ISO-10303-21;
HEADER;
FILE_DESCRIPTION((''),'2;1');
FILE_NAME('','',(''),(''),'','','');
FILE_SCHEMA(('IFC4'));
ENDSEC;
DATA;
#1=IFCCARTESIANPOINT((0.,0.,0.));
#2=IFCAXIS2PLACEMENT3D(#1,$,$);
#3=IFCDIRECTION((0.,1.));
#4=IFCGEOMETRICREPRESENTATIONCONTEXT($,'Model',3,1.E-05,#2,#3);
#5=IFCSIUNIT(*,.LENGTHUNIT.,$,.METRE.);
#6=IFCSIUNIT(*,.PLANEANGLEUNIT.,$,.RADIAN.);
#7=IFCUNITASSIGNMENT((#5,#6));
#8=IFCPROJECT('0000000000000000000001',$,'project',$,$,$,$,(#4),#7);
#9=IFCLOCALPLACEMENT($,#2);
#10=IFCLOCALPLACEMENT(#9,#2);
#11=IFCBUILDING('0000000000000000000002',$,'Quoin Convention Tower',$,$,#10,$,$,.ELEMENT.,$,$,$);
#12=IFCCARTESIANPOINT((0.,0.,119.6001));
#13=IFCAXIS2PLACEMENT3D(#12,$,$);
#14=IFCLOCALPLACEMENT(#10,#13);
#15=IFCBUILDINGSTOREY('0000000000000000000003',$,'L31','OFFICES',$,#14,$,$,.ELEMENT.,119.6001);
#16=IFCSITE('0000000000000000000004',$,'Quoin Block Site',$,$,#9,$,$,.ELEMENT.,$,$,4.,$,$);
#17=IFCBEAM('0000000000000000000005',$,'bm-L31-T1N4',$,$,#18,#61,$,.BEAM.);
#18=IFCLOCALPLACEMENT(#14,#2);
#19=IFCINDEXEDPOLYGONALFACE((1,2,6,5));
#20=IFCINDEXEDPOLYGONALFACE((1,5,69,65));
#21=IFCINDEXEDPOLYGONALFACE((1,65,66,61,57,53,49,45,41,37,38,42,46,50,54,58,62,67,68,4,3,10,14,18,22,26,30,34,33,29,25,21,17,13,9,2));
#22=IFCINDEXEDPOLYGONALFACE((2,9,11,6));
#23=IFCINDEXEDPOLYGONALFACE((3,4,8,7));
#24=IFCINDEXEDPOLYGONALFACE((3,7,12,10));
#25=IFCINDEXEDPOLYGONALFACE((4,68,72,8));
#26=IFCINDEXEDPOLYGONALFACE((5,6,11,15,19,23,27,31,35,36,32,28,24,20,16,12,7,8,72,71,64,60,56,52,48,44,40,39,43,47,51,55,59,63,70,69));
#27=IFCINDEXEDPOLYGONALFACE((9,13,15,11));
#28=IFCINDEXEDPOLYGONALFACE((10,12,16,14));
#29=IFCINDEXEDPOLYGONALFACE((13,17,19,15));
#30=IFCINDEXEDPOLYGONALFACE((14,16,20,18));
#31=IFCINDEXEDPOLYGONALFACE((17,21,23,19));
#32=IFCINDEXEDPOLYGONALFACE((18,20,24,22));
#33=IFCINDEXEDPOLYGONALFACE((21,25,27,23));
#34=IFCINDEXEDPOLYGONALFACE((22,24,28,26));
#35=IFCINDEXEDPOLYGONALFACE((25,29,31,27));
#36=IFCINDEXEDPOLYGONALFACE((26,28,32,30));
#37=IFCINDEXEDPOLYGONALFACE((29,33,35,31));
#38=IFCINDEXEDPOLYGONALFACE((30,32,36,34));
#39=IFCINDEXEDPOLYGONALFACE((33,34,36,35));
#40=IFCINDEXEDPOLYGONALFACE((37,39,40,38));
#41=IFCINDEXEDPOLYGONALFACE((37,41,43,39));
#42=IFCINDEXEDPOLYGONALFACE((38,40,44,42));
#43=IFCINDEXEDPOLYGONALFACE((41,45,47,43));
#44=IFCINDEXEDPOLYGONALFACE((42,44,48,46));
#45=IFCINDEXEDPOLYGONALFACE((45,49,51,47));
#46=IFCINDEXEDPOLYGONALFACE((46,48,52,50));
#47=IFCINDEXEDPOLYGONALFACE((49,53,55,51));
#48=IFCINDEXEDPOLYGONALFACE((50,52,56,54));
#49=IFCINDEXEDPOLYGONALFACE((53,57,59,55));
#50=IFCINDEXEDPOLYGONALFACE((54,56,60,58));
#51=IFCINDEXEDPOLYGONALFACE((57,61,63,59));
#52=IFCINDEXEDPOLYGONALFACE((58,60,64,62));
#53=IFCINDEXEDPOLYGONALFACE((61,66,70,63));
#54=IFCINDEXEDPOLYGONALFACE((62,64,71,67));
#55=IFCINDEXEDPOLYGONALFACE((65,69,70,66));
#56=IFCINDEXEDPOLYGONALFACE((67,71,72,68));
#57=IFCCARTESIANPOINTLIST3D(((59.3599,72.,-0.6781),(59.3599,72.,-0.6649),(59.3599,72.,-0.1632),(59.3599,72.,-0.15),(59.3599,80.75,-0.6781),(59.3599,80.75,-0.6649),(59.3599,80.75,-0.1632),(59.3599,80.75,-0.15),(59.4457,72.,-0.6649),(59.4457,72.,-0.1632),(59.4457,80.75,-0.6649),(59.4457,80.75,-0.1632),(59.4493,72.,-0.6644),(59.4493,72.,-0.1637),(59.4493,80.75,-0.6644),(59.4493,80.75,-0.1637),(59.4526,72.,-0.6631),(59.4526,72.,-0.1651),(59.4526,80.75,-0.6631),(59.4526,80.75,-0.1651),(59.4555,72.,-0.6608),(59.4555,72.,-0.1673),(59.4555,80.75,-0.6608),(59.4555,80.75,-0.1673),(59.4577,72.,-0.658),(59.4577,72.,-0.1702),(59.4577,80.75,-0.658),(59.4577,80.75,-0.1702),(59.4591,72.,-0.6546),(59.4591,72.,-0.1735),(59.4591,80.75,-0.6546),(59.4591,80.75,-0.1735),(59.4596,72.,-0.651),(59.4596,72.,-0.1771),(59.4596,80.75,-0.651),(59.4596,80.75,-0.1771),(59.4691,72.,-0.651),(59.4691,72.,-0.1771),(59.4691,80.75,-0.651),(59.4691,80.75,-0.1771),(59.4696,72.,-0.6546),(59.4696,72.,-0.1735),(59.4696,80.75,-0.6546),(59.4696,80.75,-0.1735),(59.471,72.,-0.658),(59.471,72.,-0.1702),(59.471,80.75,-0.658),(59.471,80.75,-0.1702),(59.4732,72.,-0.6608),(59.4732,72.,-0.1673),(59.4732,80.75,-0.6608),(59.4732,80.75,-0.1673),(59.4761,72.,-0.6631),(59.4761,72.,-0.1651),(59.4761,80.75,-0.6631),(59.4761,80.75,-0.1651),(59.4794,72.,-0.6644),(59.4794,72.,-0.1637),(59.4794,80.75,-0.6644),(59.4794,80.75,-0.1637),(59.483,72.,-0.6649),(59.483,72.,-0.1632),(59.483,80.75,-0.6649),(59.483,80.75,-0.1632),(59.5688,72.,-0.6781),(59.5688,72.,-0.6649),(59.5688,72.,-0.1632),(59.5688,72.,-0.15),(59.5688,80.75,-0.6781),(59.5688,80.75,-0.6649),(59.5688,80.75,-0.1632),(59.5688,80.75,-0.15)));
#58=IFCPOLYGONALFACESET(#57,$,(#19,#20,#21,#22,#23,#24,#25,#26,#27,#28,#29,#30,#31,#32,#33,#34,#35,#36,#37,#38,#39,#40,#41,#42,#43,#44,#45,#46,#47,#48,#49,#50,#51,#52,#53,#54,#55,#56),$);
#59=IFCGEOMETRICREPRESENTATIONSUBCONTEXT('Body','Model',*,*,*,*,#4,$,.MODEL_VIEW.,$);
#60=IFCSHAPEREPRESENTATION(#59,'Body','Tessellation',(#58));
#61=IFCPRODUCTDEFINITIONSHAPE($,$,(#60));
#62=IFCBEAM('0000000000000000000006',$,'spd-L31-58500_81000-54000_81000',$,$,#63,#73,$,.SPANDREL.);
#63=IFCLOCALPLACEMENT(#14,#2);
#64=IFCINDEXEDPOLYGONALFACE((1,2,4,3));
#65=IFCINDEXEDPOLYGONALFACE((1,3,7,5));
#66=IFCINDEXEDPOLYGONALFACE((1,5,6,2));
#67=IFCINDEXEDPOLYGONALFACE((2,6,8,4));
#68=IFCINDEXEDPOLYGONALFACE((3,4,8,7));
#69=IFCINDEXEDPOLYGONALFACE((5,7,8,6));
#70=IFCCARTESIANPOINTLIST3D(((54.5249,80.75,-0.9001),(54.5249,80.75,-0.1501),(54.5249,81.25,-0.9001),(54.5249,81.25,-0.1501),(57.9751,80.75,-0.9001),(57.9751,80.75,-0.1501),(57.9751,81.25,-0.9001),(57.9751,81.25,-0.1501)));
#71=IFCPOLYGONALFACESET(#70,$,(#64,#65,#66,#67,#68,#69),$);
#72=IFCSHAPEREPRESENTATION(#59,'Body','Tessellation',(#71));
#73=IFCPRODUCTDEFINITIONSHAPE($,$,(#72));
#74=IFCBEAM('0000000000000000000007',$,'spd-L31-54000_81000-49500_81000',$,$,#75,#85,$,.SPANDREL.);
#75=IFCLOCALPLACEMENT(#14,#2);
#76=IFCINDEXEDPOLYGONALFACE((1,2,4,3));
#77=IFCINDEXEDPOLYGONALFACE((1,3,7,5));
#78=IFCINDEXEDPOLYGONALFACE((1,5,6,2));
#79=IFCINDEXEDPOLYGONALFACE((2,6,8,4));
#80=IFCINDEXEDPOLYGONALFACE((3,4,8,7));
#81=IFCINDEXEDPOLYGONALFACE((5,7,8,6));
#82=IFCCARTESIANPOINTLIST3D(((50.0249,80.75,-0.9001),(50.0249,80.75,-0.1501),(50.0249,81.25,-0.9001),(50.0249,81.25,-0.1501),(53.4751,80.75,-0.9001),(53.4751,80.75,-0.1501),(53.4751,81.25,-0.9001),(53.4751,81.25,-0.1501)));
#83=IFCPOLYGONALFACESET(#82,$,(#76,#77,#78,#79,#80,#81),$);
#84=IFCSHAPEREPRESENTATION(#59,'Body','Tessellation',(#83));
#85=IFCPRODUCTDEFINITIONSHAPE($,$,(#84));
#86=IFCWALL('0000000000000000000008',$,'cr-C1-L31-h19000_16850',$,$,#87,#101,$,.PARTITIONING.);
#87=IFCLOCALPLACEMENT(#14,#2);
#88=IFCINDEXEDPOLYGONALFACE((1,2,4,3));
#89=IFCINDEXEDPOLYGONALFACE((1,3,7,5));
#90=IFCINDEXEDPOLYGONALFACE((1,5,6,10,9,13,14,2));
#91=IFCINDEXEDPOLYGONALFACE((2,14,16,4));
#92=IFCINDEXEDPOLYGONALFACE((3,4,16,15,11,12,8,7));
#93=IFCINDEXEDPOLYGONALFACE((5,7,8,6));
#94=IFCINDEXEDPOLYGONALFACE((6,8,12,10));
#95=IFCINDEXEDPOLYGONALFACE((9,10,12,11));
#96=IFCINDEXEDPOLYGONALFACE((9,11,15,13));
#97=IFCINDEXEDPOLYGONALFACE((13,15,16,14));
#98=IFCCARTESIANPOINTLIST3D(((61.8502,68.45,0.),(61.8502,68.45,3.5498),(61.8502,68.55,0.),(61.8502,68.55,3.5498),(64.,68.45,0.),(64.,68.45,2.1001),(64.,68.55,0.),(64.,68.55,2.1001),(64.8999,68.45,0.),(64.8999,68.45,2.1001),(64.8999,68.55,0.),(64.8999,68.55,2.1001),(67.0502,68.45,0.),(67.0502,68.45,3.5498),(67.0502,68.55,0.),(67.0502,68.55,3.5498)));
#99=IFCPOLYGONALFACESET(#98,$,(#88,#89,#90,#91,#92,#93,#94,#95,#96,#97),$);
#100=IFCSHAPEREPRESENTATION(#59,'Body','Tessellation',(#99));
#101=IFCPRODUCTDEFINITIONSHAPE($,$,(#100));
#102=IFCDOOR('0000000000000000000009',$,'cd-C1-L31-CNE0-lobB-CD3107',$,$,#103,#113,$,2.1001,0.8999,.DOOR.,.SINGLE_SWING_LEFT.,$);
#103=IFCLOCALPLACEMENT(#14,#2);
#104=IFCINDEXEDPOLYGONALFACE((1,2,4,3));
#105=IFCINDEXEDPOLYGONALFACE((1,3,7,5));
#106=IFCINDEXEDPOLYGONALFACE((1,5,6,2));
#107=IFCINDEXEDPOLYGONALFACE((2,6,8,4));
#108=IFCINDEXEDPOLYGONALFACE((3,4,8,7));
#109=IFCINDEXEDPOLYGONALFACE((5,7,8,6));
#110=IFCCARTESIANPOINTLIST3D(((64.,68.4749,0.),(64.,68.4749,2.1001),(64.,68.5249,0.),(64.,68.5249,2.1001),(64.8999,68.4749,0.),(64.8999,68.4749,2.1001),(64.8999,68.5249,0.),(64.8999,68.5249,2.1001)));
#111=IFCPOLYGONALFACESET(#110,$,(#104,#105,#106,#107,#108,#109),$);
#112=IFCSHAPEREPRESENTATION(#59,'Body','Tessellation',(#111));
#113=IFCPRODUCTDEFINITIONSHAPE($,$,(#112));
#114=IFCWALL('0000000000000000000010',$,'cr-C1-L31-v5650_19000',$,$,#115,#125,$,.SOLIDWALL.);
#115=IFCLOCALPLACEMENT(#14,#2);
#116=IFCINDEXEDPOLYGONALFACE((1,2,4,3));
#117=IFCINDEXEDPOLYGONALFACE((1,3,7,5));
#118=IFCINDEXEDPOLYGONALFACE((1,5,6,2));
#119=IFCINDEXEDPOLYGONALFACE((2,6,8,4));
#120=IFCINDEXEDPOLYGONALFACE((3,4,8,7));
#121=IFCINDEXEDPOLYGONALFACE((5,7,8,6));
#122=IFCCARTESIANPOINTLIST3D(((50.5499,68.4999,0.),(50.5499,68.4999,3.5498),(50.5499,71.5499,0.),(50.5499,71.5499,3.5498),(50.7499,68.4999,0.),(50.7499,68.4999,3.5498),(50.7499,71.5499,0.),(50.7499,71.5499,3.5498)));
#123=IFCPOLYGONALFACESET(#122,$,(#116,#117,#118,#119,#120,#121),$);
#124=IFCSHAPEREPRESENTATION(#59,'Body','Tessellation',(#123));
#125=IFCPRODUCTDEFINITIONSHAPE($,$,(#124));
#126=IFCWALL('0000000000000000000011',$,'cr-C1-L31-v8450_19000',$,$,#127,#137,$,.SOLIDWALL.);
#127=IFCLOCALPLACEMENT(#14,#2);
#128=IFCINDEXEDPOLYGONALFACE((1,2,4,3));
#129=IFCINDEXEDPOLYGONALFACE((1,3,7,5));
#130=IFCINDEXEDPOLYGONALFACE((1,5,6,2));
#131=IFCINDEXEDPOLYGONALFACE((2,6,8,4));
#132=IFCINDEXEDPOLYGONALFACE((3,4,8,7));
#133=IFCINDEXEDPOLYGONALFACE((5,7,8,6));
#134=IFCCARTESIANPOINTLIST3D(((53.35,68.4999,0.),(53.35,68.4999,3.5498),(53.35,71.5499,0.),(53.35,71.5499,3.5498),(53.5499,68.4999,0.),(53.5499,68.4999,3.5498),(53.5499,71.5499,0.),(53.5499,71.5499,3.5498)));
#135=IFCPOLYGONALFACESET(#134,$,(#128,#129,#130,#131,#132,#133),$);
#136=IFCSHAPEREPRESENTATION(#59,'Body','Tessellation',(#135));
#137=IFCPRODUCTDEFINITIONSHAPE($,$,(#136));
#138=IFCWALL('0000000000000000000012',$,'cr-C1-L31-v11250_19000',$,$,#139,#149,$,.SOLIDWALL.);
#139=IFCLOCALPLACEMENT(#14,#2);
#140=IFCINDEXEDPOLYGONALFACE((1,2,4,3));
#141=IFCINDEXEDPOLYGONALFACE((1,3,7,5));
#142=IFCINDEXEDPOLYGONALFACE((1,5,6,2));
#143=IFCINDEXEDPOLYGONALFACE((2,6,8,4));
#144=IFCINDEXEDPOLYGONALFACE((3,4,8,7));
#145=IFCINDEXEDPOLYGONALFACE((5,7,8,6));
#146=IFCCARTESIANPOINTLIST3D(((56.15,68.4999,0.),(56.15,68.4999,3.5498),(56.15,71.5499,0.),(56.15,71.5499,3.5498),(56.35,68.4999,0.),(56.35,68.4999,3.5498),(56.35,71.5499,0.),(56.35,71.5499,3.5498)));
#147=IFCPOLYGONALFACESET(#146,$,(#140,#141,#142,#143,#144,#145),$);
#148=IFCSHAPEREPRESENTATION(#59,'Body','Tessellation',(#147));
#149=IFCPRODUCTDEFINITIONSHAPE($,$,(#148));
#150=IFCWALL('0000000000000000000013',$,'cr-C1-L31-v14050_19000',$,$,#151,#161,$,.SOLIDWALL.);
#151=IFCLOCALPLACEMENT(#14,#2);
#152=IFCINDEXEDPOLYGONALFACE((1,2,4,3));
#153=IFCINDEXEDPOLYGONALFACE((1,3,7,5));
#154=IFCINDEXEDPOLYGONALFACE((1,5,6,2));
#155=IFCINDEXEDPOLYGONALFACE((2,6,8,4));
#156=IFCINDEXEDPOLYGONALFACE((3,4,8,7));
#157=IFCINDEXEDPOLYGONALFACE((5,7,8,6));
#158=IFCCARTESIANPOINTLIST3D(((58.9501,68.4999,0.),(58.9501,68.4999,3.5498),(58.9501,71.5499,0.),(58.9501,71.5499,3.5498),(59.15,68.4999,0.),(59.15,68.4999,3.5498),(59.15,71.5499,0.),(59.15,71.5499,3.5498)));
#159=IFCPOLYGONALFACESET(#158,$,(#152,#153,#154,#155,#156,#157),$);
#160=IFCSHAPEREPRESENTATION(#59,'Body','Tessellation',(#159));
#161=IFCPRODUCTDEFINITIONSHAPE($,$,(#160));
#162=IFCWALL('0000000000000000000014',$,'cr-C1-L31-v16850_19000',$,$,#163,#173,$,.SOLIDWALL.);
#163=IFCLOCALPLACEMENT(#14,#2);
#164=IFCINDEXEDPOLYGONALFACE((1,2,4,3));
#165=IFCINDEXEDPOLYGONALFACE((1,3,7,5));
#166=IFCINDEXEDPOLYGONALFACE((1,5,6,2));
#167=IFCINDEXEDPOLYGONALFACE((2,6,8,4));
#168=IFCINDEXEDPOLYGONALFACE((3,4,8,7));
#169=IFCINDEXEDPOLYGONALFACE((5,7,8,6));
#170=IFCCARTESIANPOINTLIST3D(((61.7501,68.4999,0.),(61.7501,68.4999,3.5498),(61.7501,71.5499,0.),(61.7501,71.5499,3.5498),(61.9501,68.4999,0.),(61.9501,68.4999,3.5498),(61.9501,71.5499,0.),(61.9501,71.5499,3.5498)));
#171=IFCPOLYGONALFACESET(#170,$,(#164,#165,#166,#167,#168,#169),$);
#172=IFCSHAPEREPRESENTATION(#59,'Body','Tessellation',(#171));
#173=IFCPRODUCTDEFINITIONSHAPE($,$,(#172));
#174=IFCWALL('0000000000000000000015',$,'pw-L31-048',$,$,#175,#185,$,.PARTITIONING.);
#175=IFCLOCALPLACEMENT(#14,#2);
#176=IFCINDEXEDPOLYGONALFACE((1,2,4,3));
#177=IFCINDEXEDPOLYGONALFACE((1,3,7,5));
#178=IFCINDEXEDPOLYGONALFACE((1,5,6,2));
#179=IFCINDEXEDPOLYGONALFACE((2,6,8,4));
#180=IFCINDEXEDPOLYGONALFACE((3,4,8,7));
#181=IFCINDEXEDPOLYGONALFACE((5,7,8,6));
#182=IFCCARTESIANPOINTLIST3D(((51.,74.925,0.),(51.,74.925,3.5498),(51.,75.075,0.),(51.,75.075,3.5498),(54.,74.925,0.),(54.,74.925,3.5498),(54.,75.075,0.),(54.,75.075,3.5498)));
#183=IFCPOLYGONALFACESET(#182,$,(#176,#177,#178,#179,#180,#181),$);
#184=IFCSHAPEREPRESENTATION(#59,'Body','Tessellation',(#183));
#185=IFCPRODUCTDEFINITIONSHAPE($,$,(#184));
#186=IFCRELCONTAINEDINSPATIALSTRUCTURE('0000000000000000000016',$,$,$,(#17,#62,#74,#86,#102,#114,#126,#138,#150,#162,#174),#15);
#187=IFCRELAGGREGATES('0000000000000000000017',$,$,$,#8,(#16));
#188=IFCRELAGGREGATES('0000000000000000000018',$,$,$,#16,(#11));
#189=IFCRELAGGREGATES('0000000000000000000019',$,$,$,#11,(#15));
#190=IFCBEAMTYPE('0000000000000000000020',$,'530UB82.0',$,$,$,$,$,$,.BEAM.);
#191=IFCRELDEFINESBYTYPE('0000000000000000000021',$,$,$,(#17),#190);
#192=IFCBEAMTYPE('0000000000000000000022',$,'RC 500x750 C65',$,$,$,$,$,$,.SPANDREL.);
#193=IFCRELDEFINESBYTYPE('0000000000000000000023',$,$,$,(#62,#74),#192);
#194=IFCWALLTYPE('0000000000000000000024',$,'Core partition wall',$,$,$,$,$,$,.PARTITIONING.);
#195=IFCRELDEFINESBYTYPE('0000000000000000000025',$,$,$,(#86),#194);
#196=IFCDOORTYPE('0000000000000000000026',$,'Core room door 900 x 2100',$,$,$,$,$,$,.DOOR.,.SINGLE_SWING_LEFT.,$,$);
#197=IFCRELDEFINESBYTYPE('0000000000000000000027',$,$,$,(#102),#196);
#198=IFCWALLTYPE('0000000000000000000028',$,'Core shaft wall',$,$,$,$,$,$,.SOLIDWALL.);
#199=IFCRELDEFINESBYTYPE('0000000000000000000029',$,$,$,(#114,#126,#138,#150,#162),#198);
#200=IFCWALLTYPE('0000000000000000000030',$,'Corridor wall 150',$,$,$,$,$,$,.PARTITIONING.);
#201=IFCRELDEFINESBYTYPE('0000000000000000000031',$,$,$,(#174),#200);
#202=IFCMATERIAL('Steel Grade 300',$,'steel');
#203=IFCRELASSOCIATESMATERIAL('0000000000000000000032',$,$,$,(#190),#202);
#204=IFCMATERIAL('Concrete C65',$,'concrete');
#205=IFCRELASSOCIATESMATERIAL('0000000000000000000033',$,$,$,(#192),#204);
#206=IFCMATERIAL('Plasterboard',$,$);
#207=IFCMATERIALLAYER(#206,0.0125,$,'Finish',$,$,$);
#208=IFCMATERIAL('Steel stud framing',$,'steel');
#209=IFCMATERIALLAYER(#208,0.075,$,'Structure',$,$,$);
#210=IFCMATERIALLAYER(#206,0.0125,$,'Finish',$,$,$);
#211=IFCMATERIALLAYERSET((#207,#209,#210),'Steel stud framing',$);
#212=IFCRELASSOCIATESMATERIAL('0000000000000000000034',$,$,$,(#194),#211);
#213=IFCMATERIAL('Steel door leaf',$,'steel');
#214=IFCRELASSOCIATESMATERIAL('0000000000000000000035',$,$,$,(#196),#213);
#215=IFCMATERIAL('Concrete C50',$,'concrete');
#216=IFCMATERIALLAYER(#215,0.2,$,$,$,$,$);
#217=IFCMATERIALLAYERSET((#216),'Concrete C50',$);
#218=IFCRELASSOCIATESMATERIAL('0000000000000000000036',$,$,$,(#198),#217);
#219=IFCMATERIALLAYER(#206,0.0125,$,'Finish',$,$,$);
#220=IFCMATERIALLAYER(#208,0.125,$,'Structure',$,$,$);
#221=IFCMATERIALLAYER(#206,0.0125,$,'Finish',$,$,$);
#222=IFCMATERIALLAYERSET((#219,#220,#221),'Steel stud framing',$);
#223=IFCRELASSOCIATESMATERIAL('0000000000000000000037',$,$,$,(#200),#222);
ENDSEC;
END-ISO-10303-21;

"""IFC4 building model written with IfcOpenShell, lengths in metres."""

from ifc_helpers import new_model, si_unit, direction, frame, frame_2d, origin, origin_2d, place, context, subcontext, project, spatial, rectangle, i_section, extrude, material, layer, layer_set, material_profile, profile_set, type_object, element, fill, save


model = new_model("IFC4")

# Units and contexts
model_context = context("Model", 3, precision=1e-05, world=origin(), true_north=direction((0.0, 1.0)))
body_context = subcontext(model_context, "Body", "Model", "MODEL_VIEW")
ifc_project = project(units=[si_unit("LENGTHUNIT", "METRE"), si_unit("PLANEANGLEUNIT", "RADIAN")], contexts=[model_context])

# Site, building, storey
site_placement = place(None, origin())
site = spatial("IfcSite", under=ifc_project, at=site_placement, Name="Quoin Block Site", CompositionType="ELEMENT", RefElevation=4.0)
building_placement = place(site_placement, origin())
building = spatial("IfcBuilding", under=site, at=building_placement, Name="Quoin Convention Tower", CompositionType="ELEMENT")
storey_placement = place(building_placement, frame((0.0, 0.0, 119.6001)))
storey = spatial("IfcBuildingStorey", under=building, at=storey_placement, Name="L31", Description="OFFICES", CompositionType="ELEMENT", Elevation=119.6001)

# Shared definitions
ifc_material_1 = material(Name="Concrete C65", Category="concrete")

# Beams
ifc_material_2 = material(Name="Steel Grade 300", Category="steel")
ifc_material_profile_1 = material_profile(ifc_material_2, i_section(OverallWidth=0.209, OverallDepth=0.5281, WebThickness=0.0095, FlangeThickness=0.0132, FilletRadius=0.0139, at=origin_2d()), Name="530UB82.0")
ifc_profile_set_1 = profile_set([ifc_material_profile_1], Name="Steel Grade 300")
beam_type_1 = type_object("IfcBeamType", Name="530UB82.0", PredefinedType="BEAM", material=ifc_profile_set_1)
for number, where, z_axis, x_axis, name in (
    (1, (59.4644, 72.0, -0.4141), (0.0, 1.0, 0.0), (-1.0, 0.0, 0.0), "bm-L31-T1N4"),
):
    element("IfcBeam", number, at=place(storey_placement, frame(where, z_axis=z_axis, x_axis=x_axis)), inside=storey, type_object=beam_type_1, Name=name, PredefinedType="BEAM", context=body_context, shape_type="SweptSolid", body=[
        extrude(i_section(OverallWidth=0.209, OverallDepth=0.5281, WebThickness=0.0095, FlangeThickness=0.0132, FilletRadius=0.0139, at=origin_2d()), origin(), (0.0, 0.0, 1.0), 8.75),
    ])
ifc_material_profile_2 = material_profile(ifc_material_1, rectangle(XDim=0.5, YDim=0.75, at=origin_2d()), Name="RC 500x750")
ifc_profile_set_2 = profile_set([ifc_material_profile_2], Name="Concrete C65")
beam_type_2 = type_object("IfcBeamType", Name="RC 500x750 C65", PredefinedType="SPANDREL", material=ifc_profile_set_2)
for number, where, z_axis, x_axis, name in (
    (2, (57.9751, 81.0, -0.5251), (-1.0, 0.0, 0.0), (0.0, -1.0, 0.0), "spd-L31-58500_81000-54000_81000"),
    (3, (53.4751, 81.0, -0.5251), (-1.0, 0.0, 0.0), (0.0, -1.0, 0.0), "spd-L31-54000_81000-49500_81000"),
):
    element("IfcBeam", number, at=place(storey_placement, frame(where, z_axis=z_axis, x_axis=x_axis)), inside=storey, type_object=beam_type_2, Name=name, PredefinedType="SPANDREL", context=body_context, shape_type="SweptSolid", body=[
        extrude(rectangle(XDim=0.5, YDim=0.75, at=origin_2d()), origin(), (0.0, 0.0, 1.0), 3.4502),
    ])

# Wall, opening, door
ifc_material_3 = material(Name="Plasterboard")
ifc_layer_1 = layer(ifc_material_3, 0.0125, Name="Finish")
ifc_material_4 = material(Name="Steel stud framing", Category="steel")
ifc_layer_2 = layer(ifc_material_4, 0.075, Name="Structure")
ifc_layer_3 = layer(ifc_material_3, 0.0125, Name="Finish")
ifc_layer_set_1 = layer_set([ifc_layer_1, ifc_layer_2, ifc_layer_3], Name="Steel stud framing")
wall_type_1 = type_object("IfcWallType", Name="Core partition wall", PredefinedType="PARTITIONING", material=ifc_layer_set_1)
wall_1_placement = place(storey_placement, frame((61.8501, 68.5, 0.0), z_axis=(0.0, 0.0, 1.0), x_axis=(1.0, 0.0, 0.0)))
wall_1 = element("IfcWall", 4, at=wall_1_placement, inside=storey, type_object=wall_type_1, Name="cr-C1-L31-h19000_16850", PredefinedType="PARTITIONING", context=body_context, shape_type="SweptSolid", body=[
    extrude(rectangle(XDim=5.2, YDim=0.1001, at=frame_2d((2.6001, 0.0))), origin(), (0.0, 0.0, 1.0), 3.5498),
])
opening_1_placement = place(wall_1_placement, frame((2.1499, 0.0, 0.0)))
opening_1 = element("IfcOpeningElement", 5, at=opening_1_placement, cuts=wall_1, PredefinedType="OPENING", context=body_context, shape_type="SweptSolid", body=[
    extrude(rectangle(XDim=0.8999, YDim=2.1001, at=frame_2d((0.45, 1.05))), frame((0.0, 0.0601, 0.0), z_axis=(0.0, -1.0, 0.0), x_axis=(1.0, 0.0, 0.0)), (0.0, 0.0, 1.0), 0.1201),
])
ifc_material_5 = material(Name="Steel door leaf", Category="steel")
door_type_1 = type_object("IfcDoorType", Name="Core room door 900 x 2100", OperationType="SINGLE_SWING_LEFT", PredefinedType="DOOR", material=ifc_material_5)
door_1_placement = place(opening_1_placement, origin())
door_1 = element("IfcDoor", 6, at=door_1_placement, inside=storey, type_object=door_type_1, Name="cd-C1-L31-CNE0-lobB-CD3107", OperationType="SINGLE_SWING_LEFT", OverallHeight=2.1001, OverallWidth=0.8999, PredefinedType="DOOR", context=body_context, shape_type="SweptSolid", body=[
    extrude(rectangle(XDim=0.8999, YDim=2.1001, at=frame_2d((0.45, 1.05))), frame((0.0, 0.0249, 0.0), z_axis=(0.0, -1.0, 0.0), x_axis=(1.0, 0.0, 0.0)), (0.0, 0.0, 1.0), 0.05),
])
fill(opening_1, door_1)

# Walls
ifc_material_6 = material(Name="Concrete C50", Category="concrete")
ifc_layer_4 = layer(ifc_material_6, 0.2)
ifc_layer_set_2 = layer_set([ifc_layer_4], Name="Concrete C50")
wall_type_2 = type_object("IfcWallType", Name="Core shaft wall", PredefinedType="SOLIDWALL", material=ifc_layer_set_2)
for number, where, z_axis, x_axis, name in (
    (7, (50.6499, 68.5, 0.0), (0.0, 0.0, 1.0), (0.0, 1.0, 0.0), "cr-C1-L31-v5650_19000"),
    (8, (53.45, 68.5, 0.0), (0.0, 0.0, 1.0), (0.0, 1.0, 0.0), "cr-C1-L31-v8450_19000"),
    (9, (56.25, 68.5, 0.0), (0.0, 0.0, 1.0), (0.0, 1.0, 0.0), "cr-C1-L31-v11250_19000"),
    (10, (59.05, 68.5, 0.0), (0.0, 0.0, 1.0), (0.0, 1.0, 0.0), "cr-C1-L31-v14050_19000"),
    (11, (61.8501, 68.5, 0.0), (0.0, 0.0, 1.0), (0.0, 1.0, 0.0), "cr-C1-L31-v16850_19000"),
):
    element("IfcWall", number, at=place(storey_placement, frame(where, z_axis=z_axis, x_axis=x_axis)), inside=storey, type_object=wall_type_2, Name=name, PredefinedType="SOLIDWALL", context=body_context, shape_type="SweptSolid", body=[
        extrude(rectangle(XDim=3.05, YDim=0.2, at=frame_2d((1.5249, 0.0))), origin(), (0.0, 0.0, 1.0), 3.5498),
    ])
ifc_layer_5 = layer(ifc_material_3, 0.0125, Name="Finish")
ifc_layer_6 = layer(ifc_material_4, 0.125, Name="Structure")
ifc_layer_7 = layer(ifc_material_3, 0.0125, Name="Finish")
ifc_layer_set_3 = layer_set([ifc_layer_5, ifc_layer_6, ifc_layer_7], Name="Steel stud framing")
wall_type_3 = type_object("IfcWallType", Name="Corridor wall 150", PredefinedType="PARTITIONING", material=ifc_layer_set_3)
wall_2_placement = place(storey_placement, frame((51.0, 75.0, 0.0), z_axis=(0.0, 0.0, 1.0), x_axis=(1.0, 0.0, 0.0)))
element("IfcWall", 12, at=wall_2_placement, inside=storey, type_object=wall_type_3, Name="pw-L31-048", PredefinedType="PARTITIONING", context=body_context, shape_type="SweptSolid", body=[
    extrude(rectangle(XDim=3.0, YDim=0.1499, at=frame_2d((1.5, 0.0))), origin(), (0.0, 0.0, 1.0), 3.5498),
])

save(model, "model.ifc")
